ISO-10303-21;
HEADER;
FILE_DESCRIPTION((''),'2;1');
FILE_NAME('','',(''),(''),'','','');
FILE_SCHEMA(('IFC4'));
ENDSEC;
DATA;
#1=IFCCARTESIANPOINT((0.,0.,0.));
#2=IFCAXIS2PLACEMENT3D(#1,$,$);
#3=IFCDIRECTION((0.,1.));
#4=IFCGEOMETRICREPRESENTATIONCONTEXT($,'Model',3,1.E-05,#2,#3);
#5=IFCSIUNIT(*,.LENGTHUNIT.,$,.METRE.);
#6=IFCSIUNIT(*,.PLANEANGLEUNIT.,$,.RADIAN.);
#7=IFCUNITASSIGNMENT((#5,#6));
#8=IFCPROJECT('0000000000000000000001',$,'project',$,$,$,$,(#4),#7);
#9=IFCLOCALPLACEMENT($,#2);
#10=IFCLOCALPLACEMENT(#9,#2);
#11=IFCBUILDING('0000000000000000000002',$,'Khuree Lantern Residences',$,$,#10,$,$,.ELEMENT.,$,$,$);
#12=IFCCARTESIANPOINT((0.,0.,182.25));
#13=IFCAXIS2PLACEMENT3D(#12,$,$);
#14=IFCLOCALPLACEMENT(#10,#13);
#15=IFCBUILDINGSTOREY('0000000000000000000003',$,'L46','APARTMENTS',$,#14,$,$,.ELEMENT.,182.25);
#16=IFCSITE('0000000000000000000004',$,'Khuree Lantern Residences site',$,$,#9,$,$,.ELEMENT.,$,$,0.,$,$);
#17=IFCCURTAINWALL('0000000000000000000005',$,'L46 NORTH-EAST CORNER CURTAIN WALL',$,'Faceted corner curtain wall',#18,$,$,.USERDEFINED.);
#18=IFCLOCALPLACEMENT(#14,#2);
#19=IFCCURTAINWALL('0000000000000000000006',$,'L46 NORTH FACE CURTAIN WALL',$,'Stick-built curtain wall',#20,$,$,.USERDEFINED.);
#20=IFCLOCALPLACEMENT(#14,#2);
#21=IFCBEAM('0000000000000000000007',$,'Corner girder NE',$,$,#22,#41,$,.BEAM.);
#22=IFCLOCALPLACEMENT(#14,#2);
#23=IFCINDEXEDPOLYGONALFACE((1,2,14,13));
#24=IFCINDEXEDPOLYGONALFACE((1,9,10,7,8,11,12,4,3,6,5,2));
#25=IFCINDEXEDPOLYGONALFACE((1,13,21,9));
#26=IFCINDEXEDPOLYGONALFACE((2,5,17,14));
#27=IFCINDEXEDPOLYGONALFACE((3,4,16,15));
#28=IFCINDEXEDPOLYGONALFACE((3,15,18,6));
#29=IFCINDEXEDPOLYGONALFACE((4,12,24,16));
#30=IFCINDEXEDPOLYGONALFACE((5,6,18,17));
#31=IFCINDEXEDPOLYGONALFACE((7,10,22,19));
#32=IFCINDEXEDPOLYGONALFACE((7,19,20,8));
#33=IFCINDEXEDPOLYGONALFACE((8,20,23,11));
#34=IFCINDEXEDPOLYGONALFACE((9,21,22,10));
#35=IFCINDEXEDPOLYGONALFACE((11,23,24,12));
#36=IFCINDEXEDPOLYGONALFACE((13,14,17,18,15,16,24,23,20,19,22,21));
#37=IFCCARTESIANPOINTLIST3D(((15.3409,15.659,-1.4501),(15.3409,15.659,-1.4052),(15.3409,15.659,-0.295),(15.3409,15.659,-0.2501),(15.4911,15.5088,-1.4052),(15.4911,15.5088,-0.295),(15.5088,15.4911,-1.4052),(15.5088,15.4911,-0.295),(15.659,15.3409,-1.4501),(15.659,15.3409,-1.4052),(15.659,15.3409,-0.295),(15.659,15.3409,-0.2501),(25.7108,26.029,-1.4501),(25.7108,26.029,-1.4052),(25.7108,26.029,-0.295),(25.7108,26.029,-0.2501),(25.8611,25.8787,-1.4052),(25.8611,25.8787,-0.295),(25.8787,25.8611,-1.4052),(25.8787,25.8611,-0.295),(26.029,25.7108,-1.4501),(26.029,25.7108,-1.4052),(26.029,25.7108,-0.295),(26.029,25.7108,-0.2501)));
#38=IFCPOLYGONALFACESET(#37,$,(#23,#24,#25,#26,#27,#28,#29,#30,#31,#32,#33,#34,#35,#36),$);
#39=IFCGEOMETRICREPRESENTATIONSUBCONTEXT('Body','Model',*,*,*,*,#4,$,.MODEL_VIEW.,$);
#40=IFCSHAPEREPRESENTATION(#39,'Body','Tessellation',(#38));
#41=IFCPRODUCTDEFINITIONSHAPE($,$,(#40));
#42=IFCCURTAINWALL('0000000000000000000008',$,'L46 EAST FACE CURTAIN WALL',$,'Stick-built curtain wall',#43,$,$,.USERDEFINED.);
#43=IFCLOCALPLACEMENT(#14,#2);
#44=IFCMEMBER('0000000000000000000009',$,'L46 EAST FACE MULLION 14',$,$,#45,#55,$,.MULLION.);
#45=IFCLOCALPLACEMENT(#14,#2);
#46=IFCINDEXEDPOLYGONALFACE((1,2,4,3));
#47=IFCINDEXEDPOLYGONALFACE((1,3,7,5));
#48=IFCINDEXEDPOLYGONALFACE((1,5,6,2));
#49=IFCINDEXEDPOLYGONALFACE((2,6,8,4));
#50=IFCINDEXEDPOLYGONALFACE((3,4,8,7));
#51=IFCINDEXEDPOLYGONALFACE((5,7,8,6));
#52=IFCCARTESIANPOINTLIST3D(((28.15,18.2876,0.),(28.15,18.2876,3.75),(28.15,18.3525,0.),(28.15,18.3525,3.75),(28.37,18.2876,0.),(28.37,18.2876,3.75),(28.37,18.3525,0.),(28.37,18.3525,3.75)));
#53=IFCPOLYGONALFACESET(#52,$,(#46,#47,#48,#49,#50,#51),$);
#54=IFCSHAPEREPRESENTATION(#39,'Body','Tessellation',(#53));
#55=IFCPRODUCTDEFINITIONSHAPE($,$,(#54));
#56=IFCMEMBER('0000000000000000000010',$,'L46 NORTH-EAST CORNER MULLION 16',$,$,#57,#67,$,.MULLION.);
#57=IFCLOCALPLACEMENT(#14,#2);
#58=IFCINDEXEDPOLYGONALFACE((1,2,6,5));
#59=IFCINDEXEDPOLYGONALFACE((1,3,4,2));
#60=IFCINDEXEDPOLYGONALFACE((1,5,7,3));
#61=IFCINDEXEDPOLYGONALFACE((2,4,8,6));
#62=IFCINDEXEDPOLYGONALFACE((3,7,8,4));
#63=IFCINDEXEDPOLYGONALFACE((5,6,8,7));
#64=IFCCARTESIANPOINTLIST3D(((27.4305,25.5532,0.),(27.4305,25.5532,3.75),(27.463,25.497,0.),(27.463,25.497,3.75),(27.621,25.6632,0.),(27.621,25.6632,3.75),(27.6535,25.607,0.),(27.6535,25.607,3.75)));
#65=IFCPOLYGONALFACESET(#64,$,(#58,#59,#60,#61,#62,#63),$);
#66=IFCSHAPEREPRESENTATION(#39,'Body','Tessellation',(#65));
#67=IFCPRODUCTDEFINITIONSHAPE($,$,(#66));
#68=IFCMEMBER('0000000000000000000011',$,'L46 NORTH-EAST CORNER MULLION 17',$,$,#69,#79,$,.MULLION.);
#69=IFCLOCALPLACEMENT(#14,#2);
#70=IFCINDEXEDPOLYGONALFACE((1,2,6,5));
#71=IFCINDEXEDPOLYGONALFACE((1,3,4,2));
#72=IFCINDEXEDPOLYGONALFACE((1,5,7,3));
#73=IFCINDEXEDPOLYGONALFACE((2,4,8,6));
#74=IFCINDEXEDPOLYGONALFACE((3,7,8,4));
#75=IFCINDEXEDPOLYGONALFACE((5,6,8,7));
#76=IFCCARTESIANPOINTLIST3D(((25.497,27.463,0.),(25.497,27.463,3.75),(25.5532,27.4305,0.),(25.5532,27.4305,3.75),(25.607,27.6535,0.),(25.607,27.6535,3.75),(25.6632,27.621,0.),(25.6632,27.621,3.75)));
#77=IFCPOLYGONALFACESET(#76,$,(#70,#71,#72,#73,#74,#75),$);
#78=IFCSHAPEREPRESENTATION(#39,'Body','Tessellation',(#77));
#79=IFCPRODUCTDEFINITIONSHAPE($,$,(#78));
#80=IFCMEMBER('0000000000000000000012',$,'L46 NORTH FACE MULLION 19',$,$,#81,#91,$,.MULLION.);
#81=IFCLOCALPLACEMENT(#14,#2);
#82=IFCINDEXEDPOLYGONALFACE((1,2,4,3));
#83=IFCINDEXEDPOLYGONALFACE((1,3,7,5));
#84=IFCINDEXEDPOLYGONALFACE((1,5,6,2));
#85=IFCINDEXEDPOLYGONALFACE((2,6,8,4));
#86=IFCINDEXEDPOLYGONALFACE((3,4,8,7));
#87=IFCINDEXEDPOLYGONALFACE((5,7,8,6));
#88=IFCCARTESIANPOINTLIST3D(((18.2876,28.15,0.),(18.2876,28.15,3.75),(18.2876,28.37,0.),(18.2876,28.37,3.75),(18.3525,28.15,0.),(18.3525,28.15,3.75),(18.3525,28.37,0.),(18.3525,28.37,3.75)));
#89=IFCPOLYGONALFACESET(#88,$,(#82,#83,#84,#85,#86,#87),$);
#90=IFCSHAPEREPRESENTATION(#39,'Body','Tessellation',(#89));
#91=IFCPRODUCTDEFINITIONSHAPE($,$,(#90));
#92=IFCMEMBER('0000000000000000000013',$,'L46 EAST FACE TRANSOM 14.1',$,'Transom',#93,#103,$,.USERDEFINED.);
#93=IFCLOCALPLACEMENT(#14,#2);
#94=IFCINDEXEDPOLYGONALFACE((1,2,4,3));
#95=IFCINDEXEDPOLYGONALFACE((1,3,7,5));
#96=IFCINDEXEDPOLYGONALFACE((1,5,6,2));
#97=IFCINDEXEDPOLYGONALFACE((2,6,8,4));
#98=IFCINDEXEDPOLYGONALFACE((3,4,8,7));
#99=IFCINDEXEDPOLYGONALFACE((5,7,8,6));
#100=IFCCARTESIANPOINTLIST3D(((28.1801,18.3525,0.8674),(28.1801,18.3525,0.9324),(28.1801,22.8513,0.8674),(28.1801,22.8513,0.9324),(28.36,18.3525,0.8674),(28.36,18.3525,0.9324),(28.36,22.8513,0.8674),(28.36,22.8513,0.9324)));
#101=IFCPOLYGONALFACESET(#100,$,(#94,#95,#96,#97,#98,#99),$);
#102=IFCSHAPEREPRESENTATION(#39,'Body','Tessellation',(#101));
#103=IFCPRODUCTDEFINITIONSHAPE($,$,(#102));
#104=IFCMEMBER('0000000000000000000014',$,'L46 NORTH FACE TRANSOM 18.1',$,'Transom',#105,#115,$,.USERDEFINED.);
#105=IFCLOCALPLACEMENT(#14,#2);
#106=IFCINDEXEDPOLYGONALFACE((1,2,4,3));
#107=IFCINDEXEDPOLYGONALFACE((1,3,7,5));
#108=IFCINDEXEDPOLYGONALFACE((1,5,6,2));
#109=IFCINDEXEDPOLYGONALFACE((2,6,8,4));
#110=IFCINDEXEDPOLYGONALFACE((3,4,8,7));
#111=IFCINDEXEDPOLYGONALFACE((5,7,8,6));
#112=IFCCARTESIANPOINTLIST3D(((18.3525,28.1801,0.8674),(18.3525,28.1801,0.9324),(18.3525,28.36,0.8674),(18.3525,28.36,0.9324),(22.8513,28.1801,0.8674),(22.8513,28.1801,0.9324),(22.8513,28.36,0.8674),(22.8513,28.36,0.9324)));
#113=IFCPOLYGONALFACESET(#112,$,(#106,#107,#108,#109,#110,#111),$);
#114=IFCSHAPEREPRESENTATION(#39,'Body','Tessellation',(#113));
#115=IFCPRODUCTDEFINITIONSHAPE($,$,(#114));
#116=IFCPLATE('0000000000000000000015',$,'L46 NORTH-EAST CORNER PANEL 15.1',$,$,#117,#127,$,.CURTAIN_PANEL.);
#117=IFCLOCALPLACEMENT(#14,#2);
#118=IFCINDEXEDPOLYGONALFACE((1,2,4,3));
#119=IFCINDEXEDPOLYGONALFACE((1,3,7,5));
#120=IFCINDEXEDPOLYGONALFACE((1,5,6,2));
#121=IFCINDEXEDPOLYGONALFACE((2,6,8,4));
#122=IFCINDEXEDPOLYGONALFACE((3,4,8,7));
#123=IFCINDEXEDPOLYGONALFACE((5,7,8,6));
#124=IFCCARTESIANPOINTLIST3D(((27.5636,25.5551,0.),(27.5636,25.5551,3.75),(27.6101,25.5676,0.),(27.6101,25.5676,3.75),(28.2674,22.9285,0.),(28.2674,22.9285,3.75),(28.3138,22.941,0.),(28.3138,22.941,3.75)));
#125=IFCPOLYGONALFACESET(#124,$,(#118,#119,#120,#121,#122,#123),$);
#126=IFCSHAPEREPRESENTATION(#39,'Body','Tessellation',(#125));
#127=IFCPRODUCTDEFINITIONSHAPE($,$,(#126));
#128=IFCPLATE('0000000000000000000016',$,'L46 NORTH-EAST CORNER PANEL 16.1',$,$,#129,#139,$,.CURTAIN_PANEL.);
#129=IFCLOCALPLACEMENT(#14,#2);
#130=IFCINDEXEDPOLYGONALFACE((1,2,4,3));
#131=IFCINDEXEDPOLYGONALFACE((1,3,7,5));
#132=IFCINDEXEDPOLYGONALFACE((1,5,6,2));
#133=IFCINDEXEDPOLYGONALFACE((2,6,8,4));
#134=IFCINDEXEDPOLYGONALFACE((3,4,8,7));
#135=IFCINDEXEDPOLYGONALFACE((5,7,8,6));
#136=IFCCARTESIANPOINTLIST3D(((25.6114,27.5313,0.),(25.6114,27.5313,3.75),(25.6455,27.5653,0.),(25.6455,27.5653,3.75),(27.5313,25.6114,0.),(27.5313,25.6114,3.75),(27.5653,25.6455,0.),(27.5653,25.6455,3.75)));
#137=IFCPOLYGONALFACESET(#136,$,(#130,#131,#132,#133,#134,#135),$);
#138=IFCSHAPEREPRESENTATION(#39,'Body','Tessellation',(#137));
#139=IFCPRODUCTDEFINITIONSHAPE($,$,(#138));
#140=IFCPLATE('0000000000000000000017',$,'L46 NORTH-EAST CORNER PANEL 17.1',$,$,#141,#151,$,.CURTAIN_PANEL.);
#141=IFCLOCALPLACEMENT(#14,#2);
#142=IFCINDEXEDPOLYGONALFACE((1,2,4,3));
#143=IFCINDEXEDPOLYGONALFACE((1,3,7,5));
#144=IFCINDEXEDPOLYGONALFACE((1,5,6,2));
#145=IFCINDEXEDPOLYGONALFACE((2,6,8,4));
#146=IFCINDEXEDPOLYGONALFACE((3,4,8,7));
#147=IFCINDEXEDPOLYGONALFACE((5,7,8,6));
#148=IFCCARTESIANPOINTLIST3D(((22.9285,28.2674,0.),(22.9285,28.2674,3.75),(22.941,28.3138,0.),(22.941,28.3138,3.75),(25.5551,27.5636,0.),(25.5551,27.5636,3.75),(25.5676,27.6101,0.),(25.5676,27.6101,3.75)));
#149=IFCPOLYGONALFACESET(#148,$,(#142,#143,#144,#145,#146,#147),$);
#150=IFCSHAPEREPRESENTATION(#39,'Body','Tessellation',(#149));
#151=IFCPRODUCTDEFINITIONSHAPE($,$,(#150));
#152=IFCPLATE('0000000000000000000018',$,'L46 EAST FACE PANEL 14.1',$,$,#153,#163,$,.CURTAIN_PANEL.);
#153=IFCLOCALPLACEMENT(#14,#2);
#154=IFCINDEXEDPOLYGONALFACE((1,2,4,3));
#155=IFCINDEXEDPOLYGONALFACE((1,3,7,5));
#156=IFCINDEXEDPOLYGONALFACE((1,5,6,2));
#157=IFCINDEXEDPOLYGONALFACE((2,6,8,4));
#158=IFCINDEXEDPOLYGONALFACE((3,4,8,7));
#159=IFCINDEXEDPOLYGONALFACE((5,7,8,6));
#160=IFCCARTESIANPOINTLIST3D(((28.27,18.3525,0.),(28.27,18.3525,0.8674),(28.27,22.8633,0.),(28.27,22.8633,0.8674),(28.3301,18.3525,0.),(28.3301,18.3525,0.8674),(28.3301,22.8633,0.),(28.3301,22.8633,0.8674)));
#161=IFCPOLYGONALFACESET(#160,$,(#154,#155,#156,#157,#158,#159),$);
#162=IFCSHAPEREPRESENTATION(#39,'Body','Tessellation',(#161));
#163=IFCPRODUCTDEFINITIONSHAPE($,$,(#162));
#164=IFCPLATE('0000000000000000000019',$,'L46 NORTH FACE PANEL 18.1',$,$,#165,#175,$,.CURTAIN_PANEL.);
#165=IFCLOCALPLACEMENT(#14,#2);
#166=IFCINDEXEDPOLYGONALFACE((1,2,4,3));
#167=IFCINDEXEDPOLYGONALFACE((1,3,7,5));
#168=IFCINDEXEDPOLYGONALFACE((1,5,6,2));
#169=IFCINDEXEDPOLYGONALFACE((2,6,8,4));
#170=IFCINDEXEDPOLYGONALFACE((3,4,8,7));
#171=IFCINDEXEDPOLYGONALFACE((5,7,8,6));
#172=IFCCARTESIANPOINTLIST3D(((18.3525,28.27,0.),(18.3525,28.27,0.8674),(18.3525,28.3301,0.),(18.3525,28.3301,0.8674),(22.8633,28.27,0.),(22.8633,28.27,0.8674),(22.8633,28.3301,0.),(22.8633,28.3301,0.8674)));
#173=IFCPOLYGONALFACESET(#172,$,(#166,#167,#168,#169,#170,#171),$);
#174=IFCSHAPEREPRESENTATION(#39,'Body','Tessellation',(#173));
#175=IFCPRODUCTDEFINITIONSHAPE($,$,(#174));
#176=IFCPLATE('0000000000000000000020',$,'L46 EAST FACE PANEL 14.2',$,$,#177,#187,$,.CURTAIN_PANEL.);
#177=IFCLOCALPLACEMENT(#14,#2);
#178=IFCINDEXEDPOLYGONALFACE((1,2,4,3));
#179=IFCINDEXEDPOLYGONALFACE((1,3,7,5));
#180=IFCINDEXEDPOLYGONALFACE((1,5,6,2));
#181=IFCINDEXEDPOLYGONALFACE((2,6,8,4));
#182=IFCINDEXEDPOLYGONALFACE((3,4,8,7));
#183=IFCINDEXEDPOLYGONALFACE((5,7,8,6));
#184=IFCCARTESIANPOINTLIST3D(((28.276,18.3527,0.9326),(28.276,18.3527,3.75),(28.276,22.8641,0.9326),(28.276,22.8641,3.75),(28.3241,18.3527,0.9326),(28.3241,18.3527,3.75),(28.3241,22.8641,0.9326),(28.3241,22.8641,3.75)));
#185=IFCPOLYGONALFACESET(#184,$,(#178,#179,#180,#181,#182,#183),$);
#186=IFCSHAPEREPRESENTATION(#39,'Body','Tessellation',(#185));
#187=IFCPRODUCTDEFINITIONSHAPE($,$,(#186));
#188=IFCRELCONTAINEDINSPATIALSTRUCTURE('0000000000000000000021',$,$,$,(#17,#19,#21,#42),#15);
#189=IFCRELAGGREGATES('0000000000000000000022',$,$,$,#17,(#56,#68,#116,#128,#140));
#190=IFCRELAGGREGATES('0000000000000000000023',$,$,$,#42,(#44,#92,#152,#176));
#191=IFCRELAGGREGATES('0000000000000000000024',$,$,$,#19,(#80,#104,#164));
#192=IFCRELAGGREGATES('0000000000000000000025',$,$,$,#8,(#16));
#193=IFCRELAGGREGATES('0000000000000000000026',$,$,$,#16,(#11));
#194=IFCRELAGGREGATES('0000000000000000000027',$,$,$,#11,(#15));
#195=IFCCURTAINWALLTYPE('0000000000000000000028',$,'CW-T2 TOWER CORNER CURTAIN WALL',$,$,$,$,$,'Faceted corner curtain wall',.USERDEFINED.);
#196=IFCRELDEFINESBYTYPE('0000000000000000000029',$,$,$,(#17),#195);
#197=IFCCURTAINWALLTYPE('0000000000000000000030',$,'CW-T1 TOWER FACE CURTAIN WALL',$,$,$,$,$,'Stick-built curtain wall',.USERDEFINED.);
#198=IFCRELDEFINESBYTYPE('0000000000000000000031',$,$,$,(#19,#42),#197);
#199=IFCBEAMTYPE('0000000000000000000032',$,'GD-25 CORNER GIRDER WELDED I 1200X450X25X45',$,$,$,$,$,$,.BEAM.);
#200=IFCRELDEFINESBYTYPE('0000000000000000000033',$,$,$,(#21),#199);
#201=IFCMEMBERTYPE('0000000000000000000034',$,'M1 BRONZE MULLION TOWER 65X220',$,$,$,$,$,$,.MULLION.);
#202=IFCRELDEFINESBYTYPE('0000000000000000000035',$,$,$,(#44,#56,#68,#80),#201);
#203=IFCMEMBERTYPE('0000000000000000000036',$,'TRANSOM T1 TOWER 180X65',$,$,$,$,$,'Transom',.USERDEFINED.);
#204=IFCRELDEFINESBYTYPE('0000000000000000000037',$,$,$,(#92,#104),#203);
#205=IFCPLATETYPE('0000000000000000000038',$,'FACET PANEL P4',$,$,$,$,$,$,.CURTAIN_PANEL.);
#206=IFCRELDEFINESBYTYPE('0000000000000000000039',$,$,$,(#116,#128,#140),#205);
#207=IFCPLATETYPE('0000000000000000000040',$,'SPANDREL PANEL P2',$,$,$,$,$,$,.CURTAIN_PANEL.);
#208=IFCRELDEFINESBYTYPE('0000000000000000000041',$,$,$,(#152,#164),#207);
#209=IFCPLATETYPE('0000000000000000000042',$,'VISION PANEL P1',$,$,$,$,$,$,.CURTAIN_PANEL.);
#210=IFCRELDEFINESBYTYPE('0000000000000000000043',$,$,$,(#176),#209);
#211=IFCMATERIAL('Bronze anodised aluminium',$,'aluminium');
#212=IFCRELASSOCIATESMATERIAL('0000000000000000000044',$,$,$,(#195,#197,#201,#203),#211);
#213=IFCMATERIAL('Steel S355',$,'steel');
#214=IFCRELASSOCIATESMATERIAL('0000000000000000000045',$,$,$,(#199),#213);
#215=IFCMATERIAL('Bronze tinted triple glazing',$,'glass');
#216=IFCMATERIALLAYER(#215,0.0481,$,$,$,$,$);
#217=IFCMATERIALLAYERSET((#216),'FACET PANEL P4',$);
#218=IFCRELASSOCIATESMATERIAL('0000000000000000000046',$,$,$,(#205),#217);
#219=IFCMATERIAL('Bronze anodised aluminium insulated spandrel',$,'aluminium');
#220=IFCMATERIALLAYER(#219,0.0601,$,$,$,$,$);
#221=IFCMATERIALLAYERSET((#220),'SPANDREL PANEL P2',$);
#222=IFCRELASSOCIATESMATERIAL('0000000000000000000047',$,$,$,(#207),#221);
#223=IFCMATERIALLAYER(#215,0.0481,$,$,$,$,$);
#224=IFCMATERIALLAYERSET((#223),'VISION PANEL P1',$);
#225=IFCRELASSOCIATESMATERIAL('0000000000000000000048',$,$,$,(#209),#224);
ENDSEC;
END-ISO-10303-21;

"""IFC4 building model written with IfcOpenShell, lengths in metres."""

from ifc_helpers import new_model, si_unit, direction, frame, origin, origin_2d, place, context, subcontext, project, spatial, rectangle, i_section, extrude, material, layer, layer_set, material_profile, profile_set, type_object, element, aggregate, save


model = new_model("IFC4")

# Units and contexts
model_context = context("Model", 3, precision=1e-05, world=origin(), true_north=direction((0.0, 1.0)))
body_context = subcontext(model_context, "Body", "Model", "MODEL_VIEW")
ifc_project = project(units=[si_unit("LENGTHUNIT", "METRE"), si_unit("PLANEANGLEUNIT", "RADIAN")], contexts=[model_context])

# Site, building, storey
site_placement = place(None, origin())
site = spatial("IfcSite", under=ifc_project, at=site_placement, Name="Khuree Lantern Residences site", CompositionType="ELEMENT", RefElevation=0.0)
building_placement = place(site_placement, origin())
building = spatial("IfcBuilding", under=site, at=building_placement, Name="Khuree Lantern Residences", CompositionType="ELEMENT")
storey_placement = place(building_placement, frame((0.0, 0.0, 182.25)))
storey = spatial("IfcBuildingStorey", under=building, at=storey_placement, Name="L46", Description="APARTMENTS", CompositionType="ELEMENT", Elevation=182.25)

# Shared definitions
ifc_material_1 = material(Name="Steel S355", Category="steel")

# Curtain walls
ifc_material_2 = material(Name="Bronze anodised aluminium", Category="aluminium")
curtain_wall_type_1 = type_object("IfcCurtainWallType", Name="CW-T2 TOWER CORNER CURTAIN WALL", ElementType="Faceted corner curtain wall", PredefinedType="USERDEFINED", material=ifc_material_2)
curtain_wall_1_placement = place(storey_placement, origin())
curtain_wall_1 = element("IfcCurtainWall", 1, at=curtain_wall_1_placement, inside=storey, type_object=curtain_wall_type_1, Name="L46 NORTH-EAST CORNER CURTAIN WALL", ObjectType="Faceted corner curtain wall", PredefinedType="USERDEFINED")
curtain_wall_type_2 = type_object("IfcCurtainWallType", Name="CW-T1 TOWER FACE CURTAIN WALL", ElementType="Stick-built curtain wall", PredefinedType="USERDEFINED", material=ifc_material_2)
curtain_wall_2_placement = place(storey_placement, origin())
curtain_wall_2 = element("IfcCurtainWall", 2, at=curtain_wall_2_placement, inside=storey, type_object=curtain_wall_type_2, Name="L46 NORTH FACE CURTAIN WALL", ObjectType="Stick-built curtain wall", PredefinedType="USERDEFINED")

# Beam
ifc_material_profile_1 = material_profile(ifc_material_1, i_section(OverallWidth=0.45, OverallDepth=1.2, WebThickness=0.0249, FlangeThickness=0.0449, at=origin_2d()), Name="WELDED I 1200X450X25X45")
ifc_profile_set_1 = profile_set([ifc_material_profile_1], Name="Steel S355")
beam_type_1 = type_object("IfcBeamType", Name="GD-25 CORNER GIRDER WELDED I 1200X450X25X45", PredefinedType="BEAM", material=ifc_profile_set_1)
beam_1_placement = place(storey_placement, frame((25.8699, 25.8699, -0.8501), z_axis=(-0.707107, -0.707107, 0.0), x_axis=(0.707107, -0.707107, 0.0)))
element("IfcBeam", 3, at=beam_1_placement, inside=storey, type_object=beam_type_1, Name="Corner girder NE", PredefinedType="BEAM", context=body_context, shape_type="SweptSolid", body=[
    extrude(i_section(OverallWidth=0.45, OverallDepth=1.2, WebThickness=0.0249, FlangeThickness=0.0449, at=origin_2d()), origin(), (0.0, 0.0, 1.0), 14.6653),
])

# Curtain wall, member
curtain_wall_3_placement = place(storey_placement, origin())
curtain_wall_3 = element("IfcCurtainWall", 4, at=curtain_wall_3_placement, inside=storey, type_object=curtain_wall_type_2, Name="L46 EAST FACE CURTAIN WALL", ObjectType="Stick-built curtain wall", PredefinedType="USERDEFINED")
ifc_material_profile_2 = material_profile(ifc_material_2, rectangle(XDim=0.0649, YDim=0.22, at=origin_2d()), Name="M1 65X220")
ifc_profile_set_2 = profile_set([ifc_material_profile_2], Name="Bronze anodised aluminium")
member_type_1 = type_object("IfcMemberType", Name="M1 BRONZE MULLION TOWER 65X220", PredefinedType="MULLION", material=ifc_profile_set_2)
member_1_placement = place(storey_placement, frame((28.26, 18.3201, 0.0), z_axis=(0.0, 0.0, 1.0), x_axis=(0.0, 1.0, 0.0)))
member_1 = element("IfcMember", 5, at=member_1_placement, type_object=member_type_1, Name="L46 EAST FACE MULLION 14", PredefinedType="MULLION", context=body_context, shape_type="SweptSolid", body=[
    extrude(rectangle(XDim=0.0649, YDim=0.22, at=origin_2d()), origin(), (0.0, 0.0, 1.0), 3.75),
])

# Members
member_2_placement = place(storey_placement, frame((27.542, 25.5801, 0.0), z_axis=(0.0, 0.0, 1.0), x_axis=(-0.5, 0.866025, 0.0)))
member_2 = element("IfcMember", 6, at=member_2_placement, type_object=member_type_1, Name="L46 NORTH-EAST CORNER MULLION 16", PredefinedType="MULLION", context=body_context, shape_type="SweptSolid", body=[
    extrude(rectangle(XDim=0.0649, YDim=0.22, at=origin_2d()), origin(), (0.0, 0.0, 1.0), 3.75),
])
member_3_placement = place(storey_placement, frame((25.5801, 27.542, 0.0), z_axis=(0.0, 0.0, 1.0), x_axis=(-0.866025, 0.5, 0.0)))
member_3 = element("IfcMember", 7, at=member_3_placement, type_object=member_type_1, Name="L46 NORTH-EAST CORNER MULLION 17", PredefinedType="MULLION", context=body_context, shape_type="SweptSolid", body=[
    extrude(rectangle(XDim=0.0649, YDim=0.22, at=origin_2d()), origin(), (0.0, 0.0, 1.0), 3.75),
])
member_4_placement = place(storey_placement, frame((18.3201, 28.26, 0.0), z_axis=(0.0, 0.0, 1.0), x_axis=(-1.0, 0.0, 0.0)))
member_4 = element("IfcMember", 8, at=member_4_placement, type_object=member_type_1, Name="L46 NORTH FACE MULLION 19", PredefinedType="MULLION", context=body_context, shape_type="SweptSolid", body=[
    extrude(rectangle(XDim=0.0649, YDim=0.22, at=origin_2d()), origin(), (0.0, 0.0, 1.0), 3.75),
])
ifc_material_profile_3 = material_profile(ifc_material_2, rectangle(XDim=0.1799, YDim=0.0649, at=origin_2d()), Name="T1 180X65")
ifc_profile_set_3 = profile_set([ifc_material_profile_3], Name="Bronze anodised aluminium")
member_type_2 = type_object("IfcMemberType", Name="TRANSOM T1 TOWER 180X65", ElementType="Transom", PredefinedType="USERDEFINED", material=ifc_profile_set_3)
member_5_placement = place(storey_placement, frame((28.27, 18.3525, 0.8999), z_axis=(0.0, 1.0, 0.0), x_axis=(-1.0, 0.0, 0.0)))
member_5 = element("IfcMember", 9, at=member_5_placement, type_object=member_type_2, Name="L46 EAST FACE TRANSOM 14.1", ObjectType="Transom", PredefinedType="USERDEFINED", context=body_context, shape_type="SweptSolid", body=[
    extrude(rectangle(XDim=0.1799, YDim=0.0649, at=origin_2d()), origin(), (0.0, 0.0, 1.0), 4.4988),
])
member_6_placement = place(storey_placement, frame((22.8513, 28.27, 0.8999), z_axis=(-1.0, 0.0, 0.0), x_axis=(0.0, -1.0, 0.0)))
member_6 = element("IfcMember", 10, at=member_6_placement, type_object=member_type_2, Name="L46 NORTH FACE TRANSOM 18.1", ObjectType="Transom", PredefinedType="USERDEFINED", context=body_context, shape_type="SweptSolid", body=[
    extrude(rectangle(XDim=0.1799, YDim=0.0649, at=origin_2d()), origin(), (0.0, 0.0, 1.0), 4.4988),
])

# Plates
ifc_material_3 = material(Name="Bronze tinted triple glazing", Category="glass")
ifc_layer_1 = layer(ifc_material_3, 0.0481)
ifc_layer_set_1 = layer_set([ifc_layer_1], Name="FACET PANEL P4")
plate_type_1 = type_object("IfcPlateType", Name="FACET PANEL P4", PredefinedType="CURTAIN_PANEL", material=ifc_layer_set_1)
plate_1_placement = place(storey_placement, frame((27.9387, 24.248, 0.0), z_axis=(0.0, 0.0, 1.0), x_axis=(-0.258819, 0.965926, 0.0)))
plate_1 = element("IfcPlate", 11, at=plate_1_placement, type_object=plate_type_1, Name="L46 NORTH-EAST CORNER PANEL 15.1", PredefinedType="CURTAIN_PANEL", context=body_context, shape_type="SweptSolid", body=[
    extrude(rectangle(XDim=2.7192, YDim=0.0481, at=origin_2d()), origin(), (0.0, 0.0, 1.0), 3.75),
])
plate_2_placement = place(storey_placement, frame((26.5884, 26.5884, 0.0), z_axis=(0.0, 0.0, 1.0), x_axis=(-0.707107, 0.707107, 0.0)))
plate_2 = element("IfcPlate", 12, at=plate_2_placement, type_object=plate_type_1, Name="L46 NORTH-EAST CORNER PANEL 16.1", PredefinedType="CURTAIN_PANEL", context=body_context, shape_type="SweptSolid", body=[
    extrude(rectangle(XDim=2.7151, YDim=0.0481, at=origin_2d()), origin(), (0.0, 0.0, 1.0), 3.75),
])
plate_3_placement = place(storey_placement, frame((24.248, 27.9387, 0.0), z_axis=(0.0, 0.0, 1.0), x_axis=(-0.965926, 0.258819, 0.0)))
plate_3 = element("IfcPlate", 13, at=plate_3_placement, type_object=plate_type_1, Name="L46 NORTH-EAST CORNER PANEL 17.1", PredefinedType="CURTAIN_PANEL", context=body_context, shape_type="SweptSolid", body=[
    extrude(rectangle(XDim=2.7192, YDim=0.0481, at=origin_2d()), origin(), (0.0, 0.0, 1.0), 3.75),
])
aggregate(curtain_wall_1, [member_2, member_3, plate_1, plate_2, plate_3])
ifc_material_4 = material(Name="Bronze anodised aluminium insulated spandrel", Category="aluminium")
ifc_layer_2 = layer(ifc_material_4, 0.0601)
ifc_layer_set_2 = layer_set([ifc_layer_2], Name="SPANDREL PANEL P2")
plate_type_2 = type_object("IfcPlateType", Name="SPANDREL PANEL P2", PredefinedType="CURTAIN_PANEL", material=ifc_layer_set_2)
plate_4_placement = place(storey_placement, frame((28.3, 20.6079, 0.0), z_axis=(0.0, 0.0, 1.0), x_axis=(0.0, 1.0, 0.0)))
plate_4 = element("IfcPlate", 14, at=plate_4_placement, type_object=plate_type_2, Name="L46 EAST FACE PANEL 14.1", PredefinedType="CURTAIN_PANEL", context=body_context, shape_type="SweptSolid", body=[
    extrude(rectangle(XDim=4.5107, YDim=0.0601, at=origin_2d()), origin(), (0.0, 0.0, 1.0), 0.8674),
])
plate_5_placement = place(storey_placement, frame((20.6079, 28.3, 0.0), z_axis=(0.0, 0.0, 1.0), x_axis=(-1.0, 0.0, 0.0)))
plate_5 = element("IfcPlate", 15, at=plate_5_placement, type_object=plate_type_2, Name="L46 NORTH FACE PANEL 18.1", PredefinedType="CURTAIN_PANEL", context=body_context, shape_type="SweptSolid", body=[
    extrude(rectangle(XDim=4.5107, YDim=0.0601, at=origin_2d()), origin(), (0.0, 0.0, 1.0), 0.8674),
])
ifc_layer_3 = layer(ifc_material_3, 0.0481)
ifc_layer_set_3 = layer_set([ifc_layer_3], Name="VISION PANEL P1")
plate_type_3 = type_object("IfcPlateType", Name="VISION PANEL P1", PredefinedType="CURTAIN_PANEL", material=ifc_layer_set_3)
plate_6_placement = place(storey_placement, frame((28.3, 20.6084, 0.9326), z_axis=(0.0, 0.0, 1.0), x_axis=(0.0, 1.0, 0.0)))
plate_6 = element("IfcPlate", 16, at=plate_6_placement, type_object=plate_type_3, Name="L46 EAST FACE PANEL 14.2", PredefinedType="CURTAIN_PANEL", context=body_context, shape_type="SweptSolid", body=[
    extrude(rectangle(XDim=4.5115, YDim=0.0481, at=origin_2d()), origin(), (0.0, 0.0, 1.0), 2.8174),
])
aggregate(curtain_wall_3, [member_1, member_5, plate_4, plate_6])
aggregate(curtain_wall_2, [member_4, member_6, plate_5])

save(model, "model.ifc")
